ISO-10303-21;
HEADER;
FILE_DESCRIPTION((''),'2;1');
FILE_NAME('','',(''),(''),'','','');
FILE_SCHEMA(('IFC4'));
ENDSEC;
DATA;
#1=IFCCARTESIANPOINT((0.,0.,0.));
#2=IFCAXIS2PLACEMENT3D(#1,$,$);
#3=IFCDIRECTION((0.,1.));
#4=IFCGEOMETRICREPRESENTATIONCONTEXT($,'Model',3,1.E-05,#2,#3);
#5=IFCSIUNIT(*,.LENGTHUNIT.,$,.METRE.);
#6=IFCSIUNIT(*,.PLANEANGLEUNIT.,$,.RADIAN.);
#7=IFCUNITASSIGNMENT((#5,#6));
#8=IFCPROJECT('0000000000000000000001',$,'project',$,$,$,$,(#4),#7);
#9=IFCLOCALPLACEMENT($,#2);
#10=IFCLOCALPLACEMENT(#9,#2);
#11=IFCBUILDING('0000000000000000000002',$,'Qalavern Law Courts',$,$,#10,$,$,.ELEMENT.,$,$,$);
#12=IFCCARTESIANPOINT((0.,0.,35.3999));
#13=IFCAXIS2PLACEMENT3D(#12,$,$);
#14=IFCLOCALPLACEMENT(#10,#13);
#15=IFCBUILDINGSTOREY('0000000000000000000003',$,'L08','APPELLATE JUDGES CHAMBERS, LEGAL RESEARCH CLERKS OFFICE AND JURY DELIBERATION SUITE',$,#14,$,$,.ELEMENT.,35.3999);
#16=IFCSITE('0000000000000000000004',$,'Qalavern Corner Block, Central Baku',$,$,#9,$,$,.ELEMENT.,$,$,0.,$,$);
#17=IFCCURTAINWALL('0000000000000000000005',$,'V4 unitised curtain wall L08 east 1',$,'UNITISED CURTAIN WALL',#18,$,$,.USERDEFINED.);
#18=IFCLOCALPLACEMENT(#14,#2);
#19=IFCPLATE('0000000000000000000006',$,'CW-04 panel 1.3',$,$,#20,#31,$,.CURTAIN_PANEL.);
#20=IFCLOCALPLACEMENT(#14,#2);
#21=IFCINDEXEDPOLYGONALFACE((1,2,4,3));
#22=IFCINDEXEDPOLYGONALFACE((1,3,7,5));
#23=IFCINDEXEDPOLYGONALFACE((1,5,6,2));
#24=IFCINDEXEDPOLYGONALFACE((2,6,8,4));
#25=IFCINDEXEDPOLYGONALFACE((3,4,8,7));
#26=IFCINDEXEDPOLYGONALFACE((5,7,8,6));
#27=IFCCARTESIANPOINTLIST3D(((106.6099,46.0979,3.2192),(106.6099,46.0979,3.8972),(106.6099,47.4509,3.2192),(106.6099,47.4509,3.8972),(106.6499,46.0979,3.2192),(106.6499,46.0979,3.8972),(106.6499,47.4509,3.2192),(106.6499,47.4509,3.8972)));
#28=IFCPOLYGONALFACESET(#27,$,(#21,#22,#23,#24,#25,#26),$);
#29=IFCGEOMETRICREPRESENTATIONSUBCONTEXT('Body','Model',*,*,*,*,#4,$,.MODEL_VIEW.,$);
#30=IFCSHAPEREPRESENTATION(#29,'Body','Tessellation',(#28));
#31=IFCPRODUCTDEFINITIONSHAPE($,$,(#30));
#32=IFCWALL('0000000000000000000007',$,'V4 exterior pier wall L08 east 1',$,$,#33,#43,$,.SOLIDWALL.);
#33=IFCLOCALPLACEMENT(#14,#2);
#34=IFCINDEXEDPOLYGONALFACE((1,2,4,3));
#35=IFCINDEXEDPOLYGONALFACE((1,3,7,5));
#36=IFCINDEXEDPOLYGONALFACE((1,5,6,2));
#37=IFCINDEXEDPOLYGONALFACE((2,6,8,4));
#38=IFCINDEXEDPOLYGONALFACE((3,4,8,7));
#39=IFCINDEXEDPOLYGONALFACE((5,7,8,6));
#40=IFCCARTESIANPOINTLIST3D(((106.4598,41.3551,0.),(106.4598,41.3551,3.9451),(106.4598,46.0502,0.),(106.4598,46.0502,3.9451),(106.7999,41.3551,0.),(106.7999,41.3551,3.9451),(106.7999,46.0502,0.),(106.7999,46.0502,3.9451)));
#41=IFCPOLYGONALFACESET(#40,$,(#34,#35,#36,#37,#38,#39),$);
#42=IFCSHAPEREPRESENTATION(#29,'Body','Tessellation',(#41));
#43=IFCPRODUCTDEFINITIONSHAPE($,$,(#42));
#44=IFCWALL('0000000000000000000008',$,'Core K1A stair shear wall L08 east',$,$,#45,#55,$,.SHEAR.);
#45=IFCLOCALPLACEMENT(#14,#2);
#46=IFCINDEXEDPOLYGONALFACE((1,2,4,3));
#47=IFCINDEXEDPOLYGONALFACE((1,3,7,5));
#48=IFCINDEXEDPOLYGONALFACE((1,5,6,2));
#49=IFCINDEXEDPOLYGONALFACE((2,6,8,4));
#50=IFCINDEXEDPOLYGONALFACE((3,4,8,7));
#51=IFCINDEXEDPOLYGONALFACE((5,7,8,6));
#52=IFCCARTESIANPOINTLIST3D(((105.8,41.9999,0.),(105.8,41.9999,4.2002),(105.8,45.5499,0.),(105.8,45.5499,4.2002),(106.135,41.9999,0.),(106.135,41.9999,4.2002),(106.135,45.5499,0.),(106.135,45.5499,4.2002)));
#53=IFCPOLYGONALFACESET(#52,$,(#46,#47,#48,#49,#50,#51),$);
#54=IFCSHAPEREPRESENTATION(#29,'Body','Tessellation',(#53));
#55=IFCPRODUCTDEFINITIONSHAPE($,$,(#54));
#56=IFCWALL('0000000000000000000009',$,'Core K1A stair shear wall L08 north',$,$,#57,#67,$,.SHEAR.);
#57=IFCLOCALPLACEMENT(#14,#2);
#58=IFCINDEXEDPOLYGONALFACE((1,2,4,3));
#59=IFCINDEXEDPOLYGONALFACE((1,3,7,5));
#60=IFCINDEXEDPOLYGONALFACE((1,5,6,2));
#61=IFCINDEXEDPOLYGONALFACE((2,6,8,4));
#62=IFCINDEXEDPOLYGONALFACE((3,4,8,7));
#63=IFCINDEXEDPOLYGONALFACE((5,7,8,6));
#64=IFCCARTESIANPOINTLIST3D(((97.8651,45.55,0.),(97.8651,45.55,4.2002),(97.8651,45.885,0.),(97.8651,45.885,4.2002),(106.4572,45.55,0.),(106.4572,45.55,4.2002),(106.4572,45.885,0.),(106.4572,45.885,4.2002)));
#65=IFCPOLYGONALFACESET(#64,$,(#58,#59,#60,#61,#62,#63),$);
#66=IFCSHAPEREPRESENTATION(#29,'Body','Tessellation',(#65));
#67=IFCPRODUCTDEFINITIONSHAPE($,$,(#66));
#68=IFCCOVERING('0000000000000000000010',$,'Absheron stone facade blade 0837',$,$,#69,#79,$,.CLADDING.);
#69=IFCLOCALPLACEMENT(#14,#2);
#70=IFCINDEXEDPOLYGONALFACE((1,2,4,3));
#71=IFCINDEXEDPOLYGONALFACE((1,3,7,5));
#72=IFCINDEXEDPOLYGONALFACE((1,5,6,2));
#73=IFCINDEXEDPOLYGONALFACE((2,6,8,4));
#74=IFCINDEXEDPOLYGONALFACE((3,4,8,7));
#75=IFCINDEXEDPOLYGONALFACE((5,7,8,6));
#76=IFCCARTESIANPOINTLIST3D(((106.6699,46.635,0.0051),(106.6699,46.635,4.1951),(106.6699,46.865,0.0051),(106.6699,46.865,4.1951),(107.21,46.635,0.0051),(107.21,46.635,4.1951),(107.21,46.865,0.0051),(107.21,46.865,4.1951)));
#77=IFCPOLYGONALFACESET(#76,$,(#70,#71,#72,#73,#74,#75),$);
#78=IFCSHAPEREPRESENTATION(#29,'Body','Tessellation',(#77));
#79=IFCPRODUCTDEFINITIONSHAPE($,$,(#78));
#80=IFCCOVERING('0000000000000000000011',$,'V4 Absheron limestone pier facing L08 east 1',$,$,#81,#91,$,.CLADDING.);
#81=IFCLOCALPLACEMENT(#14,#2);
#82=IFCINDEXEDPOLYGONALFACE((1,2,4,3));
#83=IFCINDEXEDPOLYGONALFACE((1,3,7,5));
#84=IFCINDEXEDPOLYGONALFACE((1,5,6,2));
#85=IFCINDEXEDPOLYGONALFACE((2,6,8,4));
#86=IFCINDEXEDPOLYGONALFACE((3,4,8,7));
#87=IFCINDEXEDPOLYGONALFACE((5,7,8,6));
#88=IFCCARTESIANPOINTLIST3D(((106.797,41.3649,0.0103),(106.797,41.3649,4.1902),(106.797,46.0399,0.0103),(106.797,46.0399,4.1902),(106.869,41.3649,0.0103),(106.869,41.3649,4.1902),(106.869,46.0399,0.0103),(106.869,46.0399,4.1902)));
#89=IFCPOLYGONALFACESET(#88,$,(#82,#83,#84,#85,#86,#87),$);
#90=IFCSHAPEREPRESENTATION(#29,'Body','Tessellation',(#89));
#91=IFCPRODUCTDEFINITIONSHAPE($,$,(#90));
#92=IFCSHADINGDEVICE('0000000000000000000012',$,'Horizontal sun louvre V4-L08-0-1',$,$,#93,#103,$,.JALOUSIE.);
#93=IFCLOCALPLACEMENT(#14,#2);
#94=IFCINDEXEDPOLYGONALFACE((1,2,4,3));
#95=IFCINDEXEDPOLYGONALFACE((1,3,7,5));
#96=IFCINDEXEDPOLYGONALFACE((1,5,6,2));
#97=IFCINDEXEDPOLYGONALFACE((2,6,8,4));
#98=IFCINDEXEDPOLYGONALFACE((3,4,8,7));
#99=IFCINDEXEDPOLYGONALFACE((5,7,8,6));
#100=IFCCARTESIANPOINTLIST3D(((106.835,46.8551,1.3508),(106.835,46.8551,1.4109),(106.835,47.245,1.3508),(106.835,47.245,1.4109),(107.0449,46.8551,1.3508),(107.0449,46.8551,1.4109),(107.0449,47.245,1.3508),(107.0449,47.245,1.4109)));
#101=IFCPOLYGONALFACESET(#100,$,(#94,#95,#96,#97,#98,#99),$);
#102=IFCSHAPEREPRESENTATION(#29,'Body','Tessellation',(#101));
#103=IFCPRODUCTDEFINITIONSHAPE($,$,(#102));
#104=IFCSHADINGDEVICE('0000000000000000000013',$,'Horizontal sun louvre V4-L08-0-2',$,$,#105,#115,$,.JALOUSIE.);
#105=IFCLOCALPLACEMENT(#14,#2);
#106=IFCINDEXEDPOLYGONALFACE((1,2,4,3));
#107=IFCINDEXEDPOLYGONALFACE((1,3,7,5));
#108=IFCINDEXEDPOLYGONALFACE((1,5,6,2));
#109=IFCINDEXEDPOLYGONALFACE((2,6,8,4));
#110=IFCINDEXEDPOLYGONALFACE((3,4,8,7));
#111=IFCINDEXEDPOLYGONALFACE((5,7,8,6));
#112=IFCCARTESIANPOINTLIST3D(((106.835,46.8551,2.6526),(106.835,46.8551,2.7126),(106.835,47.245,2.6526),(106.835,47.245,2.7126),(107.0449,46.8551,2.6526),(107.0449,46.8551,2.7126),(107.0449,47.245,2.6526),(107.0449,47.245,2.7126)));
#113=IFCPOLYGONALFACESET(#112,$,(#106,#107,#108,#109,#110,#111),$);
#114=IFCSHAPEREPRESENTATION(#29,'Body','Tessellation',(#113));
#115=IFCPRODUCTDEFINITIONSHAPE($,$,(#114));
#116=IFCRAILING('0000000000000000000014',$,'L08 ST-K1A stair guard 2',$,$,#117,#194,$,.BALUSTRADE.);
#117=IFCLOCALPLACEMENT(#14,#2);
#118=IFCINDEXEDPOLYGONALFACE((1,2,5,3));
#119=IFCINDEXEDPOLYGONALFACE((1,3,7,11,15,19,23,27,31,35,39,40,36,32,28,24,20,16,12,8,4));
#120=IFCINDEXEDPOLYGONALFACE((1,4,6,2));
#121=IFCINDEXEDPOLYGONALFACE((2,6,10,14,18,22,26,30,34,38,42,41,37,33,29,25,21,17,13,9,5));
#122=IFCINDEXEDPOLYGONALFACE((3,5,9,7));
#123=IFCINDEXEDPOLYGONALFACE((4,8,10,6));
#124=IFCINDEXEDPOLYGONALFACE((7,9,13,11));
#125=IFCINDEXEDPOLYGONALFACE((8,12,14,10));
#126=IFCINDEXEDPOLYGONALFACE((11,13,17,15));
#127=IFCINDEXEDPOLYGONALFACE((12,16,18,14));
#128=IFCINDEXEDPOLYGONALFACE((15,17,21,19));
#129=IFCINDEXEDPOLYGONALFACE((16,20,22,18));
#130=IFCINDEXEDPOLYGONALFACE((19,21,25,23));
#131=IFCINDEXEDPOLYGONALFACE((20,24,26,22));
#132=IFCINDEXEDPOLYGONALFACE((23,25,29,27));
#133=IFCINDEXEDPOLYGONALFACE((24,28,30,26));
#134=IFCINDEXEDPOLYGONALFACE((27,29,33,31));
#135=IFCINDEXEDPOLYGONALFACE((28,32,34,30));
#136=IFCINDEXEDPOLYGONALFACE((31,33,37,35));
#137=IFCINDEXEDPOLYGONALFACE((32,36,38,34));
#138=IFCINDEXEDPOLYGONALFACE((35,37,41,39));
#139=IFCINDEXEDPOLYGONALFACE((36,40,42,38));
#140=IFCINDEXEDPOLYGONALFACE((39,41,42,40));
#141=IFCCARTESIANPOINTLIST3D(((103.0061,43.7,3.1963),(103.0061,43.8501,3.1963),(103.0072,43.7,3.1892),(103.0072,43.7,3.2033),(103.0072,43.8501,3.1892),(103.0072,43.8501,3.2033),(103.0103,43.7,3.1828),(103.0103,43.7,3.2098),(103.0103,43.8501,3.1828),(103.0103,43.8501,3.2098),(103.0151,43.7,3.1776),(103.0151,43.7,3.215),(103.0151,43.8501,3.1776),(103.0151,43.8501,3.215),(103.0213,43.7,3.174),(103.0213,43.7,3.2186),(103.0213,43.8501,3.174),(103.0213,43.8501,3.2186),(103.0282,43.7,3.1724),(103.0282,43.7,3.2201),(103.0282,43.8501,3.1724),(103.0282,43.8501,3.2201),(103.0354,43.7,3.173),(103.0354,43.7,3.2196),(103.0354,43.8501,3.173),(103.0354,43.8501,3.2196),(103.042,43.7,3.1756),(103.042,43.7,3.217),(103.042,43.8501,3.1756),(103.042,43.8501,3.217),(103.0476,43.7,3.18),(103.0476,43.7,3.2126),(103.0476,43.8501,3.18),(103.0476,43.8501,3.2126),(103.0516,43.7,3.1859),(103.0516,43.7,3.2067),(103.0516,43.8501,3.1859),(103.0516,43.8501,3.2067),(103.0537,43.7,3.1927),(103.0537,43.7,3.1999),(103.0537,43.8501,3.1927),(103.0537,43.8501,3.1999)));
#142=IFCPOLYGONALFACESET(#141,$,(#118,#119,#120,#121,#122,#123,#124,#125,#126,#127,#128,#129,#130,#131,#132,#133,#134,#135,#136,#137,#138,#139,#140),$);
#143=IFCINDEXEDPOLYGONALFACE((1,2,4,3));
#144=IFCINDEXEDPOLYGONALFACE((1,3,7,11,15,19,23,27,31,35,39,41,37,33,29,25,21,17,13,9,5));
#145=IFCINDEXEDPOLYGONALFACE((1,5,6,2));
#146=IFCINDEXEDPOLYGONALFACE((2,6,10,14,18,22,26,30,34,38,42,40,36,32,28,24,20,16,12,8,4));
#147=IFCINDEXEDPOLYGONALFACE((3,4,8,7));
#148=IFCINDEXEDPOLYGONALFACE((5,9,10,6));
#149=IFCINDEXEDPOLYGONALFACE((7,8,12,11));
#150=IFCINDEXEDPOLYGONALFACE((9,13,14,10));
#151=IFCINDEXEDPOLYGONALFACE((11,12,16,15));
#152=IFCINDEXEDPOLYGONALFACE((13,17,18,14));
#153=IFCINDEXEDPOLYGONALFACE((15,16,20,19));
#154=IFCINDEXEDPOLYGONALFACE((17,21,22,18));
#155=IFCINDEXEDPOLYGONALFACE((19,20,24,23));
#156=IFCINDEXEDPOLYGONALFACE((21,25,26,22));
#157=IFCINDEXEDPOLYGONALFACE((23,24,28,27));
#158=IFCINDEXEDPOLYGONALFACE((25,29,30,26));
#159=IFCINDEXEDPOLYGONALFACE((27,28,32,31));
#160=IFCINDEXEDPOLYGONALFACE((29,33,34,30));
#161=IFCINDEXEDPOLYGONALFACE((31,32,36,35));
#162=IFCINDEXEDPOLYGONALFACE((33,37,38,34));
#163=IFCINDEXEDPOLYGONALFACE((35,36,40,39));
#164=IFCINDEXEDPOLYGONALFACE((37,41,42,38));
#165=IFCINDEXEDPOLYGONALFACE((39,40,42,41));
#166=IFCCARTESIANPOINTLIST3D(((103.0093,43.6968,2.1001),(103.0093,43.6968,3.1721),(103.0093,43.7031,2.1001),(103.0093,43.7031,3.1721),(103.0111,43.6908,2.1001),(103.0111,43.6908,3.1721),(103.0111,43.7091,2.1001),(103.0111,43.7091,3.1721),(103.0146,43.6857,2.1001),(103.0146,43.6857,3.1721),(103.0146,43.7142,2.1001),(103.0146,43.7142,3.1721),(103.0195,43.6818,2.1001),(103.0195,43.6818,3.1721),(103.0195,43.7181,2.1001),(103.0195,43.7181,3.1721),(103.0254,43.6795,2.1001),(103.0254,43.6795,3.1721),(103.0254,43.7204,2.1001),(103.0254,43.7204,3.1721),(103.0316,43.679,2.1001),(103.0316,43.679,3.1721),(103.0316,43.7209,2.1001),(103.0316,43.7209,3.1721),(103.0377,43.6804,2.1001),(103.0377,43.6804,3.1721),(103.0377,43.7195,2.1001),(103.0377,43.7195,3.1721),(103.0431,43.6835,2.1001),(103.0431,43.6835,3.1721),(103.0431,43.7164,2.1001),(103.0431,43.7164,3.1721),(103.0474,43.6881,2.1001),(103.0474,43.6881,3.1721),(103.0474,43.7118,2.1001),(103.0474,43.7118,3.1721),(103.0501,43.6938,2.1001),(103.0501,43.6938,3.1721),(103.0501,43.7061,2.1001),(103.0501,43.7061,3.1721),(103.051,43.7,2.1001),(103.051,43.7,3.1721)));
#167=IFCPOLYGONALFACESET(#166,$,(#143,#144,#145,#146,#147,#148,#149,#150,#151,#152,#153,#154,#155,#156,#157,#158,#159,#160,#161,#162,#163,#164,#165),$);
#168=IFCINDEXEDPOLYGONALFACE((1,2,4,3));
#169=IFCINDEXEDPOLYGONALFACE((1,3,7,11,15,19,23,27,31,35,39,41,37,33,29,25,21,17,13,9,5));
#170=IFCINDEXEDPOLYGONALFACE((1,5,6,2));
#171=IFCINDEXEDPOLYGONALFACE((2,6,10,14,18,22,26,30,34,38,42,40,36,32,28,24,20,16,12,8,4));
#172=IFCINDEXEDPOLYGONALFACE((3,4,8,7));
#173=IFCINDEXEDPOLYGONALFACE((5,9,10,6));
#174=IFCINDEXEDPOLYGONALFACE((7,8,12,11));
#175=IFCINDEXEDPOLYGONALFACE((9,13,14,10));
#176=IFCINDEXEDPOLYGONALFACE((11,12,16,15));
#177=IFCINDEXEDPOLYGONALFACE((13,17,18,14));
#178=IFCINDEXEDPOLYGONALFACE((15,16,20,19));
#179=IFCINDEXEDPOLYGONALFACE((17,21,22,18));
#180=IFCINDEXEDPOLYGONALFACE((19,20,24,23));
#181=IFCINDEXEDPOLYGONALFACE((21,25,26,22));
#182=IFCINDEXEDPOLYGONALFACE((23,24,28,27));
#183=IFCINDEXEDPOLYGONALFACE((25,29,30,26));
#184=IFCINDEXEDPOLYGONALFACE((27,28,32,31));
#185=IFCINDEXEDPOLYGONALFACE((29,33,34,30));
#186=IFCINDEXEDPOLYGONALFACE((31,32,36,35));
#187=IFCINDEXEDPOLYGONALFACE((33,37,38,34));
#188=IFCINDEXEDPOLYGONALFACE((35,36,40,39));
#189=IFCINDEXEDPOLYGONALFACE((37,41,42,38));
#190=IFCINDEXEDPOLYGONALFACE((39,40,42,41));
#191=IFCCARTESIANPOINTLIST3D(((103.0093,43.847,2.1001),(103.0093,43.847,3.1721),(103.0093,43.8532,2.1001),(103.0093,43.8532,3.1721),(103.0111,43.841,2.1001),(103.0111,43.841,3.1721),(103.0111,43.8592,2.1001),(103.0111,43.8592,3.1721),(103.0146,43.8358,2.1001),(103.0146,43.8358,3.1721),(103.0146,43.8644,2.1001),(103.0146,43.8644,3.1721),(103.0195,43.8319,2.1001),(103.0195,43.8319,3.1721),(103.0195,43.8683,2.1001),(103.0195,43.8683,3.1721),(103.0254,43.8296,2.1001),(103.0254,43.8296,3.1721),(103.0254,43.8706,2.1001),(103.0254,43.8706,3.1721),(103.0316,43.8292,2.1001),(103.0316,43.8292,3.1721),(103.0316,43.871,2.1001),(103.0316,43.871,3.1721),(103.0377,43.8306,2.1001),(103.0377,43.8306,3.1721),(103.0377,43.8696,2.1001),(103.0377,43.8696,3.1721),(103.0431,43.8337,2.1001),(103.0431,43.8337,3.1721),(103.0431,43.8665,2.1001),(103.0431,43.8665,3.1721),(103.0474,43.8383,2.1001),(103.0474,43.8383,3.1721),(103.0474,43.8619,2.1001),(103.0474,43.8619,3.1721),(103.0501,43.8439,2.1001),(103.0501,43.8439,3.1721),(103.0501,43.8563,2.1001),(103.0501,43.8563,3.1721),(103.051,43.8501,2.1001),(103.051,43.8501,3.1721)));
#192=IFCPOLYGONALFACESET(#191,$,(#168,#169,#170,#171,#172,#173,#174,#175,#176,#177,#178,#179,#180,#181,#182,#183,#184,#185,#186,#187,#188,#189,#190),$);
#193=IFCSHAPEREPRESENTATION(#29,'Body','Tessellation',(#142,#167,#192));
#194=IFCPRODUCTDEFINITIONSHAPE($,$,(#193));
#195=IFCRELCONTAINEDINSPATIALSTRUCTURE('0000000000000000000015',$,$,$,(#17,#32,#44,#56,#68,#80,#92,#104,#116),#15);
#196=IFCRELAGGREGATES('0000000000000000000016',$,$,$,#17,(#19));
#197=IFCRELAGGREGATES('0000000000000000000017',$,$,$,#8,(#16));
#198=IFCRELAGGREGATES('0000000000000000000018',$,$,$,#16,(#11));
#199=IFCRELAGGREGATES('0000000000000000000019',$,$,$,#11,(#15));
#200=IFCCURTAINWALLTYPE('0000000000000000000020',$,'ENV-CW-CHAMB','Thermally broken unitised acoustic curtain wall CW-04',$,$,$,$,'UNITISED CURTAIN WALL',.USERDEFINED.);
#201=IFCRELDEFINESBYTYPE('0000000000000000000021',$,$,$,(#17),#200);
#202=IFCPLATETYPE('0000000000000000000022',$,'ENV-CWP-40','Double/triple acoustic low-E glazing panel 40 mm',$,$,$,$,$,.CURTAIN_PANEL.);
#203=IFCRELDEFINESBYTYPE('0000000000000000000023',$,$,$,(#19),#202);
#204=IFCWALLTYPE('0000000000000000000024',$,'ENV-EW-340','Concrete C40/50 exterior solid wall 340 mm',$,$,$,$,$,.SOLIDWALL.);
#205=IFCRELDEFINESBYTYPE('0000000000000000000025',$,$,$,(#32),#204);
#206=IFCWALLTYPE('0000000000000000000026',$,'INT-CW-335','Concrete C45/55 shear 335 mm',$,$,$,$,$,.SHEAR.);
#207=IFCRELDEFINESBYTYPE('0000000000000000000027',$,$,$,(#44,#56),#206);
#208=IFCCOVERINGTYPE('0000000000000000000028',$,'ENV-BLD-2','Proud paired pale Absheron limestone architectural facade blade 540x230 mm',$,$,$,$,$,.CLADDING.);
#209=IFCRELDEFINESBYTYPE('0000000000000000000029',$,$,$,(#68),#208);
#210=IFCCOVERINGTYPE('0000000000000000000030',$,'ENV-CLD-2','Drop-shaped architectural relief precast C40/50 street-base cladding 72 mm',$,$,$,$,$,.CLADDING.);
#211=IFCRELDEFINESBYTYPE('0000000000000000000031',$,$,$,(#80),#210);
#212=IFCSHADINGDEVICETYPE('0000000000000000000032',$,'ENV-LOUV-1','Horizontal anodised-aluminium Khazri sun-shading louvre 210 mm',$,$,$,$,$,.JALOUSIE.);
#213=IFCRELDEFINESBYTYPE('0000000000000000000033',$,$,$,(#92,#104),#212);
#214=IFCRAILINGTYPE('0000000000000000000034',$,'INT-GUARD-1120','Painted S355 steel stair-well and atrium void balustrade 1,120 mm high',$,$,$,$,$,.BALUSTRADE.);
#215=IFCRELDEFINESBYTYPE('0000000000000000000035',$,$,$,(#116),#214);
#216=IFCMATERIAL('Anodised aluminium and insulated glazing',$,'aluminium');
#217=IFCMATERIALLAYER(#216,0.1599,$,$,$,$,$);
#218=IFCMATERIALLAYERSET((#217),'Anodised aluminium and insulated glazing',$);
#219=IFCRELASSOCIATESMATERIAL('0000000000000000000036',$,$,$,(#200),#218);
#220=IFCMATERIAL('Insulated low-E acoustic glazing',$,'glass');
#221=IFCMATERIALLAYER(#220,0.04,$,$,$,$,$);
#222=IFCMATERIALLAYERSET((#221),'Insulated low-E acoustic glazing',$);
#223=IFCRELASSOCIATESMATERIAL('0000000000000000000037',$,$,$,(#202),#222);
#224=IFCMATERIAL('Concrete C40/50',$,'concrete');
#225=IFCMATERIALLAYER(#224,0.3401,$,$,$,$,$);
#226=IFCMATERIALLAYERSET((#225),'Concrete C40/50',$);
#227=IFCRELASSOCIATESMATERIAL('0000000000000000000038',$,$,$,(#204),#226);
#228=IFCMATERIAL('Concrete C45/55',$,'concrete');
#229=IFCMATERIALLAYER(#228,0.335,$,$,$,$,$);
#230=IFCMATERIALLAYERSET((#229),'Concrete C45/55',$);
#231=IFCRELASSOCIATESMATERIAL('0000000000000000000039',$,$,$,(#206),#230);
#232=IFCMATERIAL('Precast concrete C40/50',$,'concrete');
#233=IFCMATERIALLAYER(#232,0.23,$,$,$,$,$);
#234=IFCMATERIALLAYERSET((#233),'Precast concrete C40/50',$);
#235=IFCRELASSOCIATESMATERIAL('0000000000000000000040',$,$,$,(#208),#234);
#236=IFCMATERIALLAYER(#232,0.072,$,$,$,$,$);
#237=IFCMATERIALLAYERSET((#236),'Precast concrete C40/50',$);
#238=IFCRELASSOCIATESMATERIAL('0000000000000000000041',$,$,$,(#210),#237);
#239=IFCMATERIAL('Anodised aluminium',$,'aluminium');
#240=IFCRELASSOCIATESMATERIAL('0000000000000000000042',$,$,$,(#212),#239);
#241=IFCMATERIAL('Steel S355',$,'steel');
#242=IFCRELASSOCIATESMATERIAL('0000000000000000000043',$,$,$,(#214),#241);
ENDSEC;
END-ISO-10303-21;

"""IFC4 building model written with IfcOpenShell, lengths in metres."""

from ifc_helpers import new_model, si_unit, direction, frame, frame_2d, origin, origin_2d, place, context, subcontext, project, spatial, rectangle, circle, extrude, material, layer, layer_set, type_object, element, aggregate, save


model = new_model("IFC4")

# Units and contexts
model_context = context("Model", 3, precision=1e-05, world=origin(), true_north=direction((0.0, 1.0)))
body_context = subcontext(model_context, "Body", "Model", "MODEL_VIEW")
ifc_project = project(units=[si_unit("LENGTHUNIT", "METRE"), si_unit("PLANEANGLEUNIT", "RADIAN")], contexts=[model_context])

# Site, building, storey
site_placement = place(None, origin())
site = spatial("IfcSite", under=ifc_project, at=site_placement, Name="Qalavern Corner Block, Central Baku", CompositionType="ELEMENT", RefElevation=0.0)
building_placement = place(site_placement, origin())
building = spatial("IfcBuilding", under=site, at=building_placement, Name="Qalavern Law Courts", CompositionType="ELEMENT")
storey_placement = place(building_placement, frame((0.0, 0.0, 35.3999)))
storey = spatial("IfcBuildingStorey", under=building, at=storey_placement, Name="L08", Description="APPELLATE JUDGES CHAMBERS, LEGAL RESEARCH CLERKS OFFICE AND JURY DELIBERATION SUITE", CompositionType="ELEMENT", Elevation=35.3999)

# Shared definitions
ifc_material_1 = material(Name="Concrete C45/55", Category="concrete")

# Curtain wall
ifc_material_2 = material(Name="Anodised aluminium and insulated glazing", Category="aluminium")
ifc_layer_1 = layer(ifc_material_2, 0.1599)
ifc_layer_set_1 = layer_set([ifc_layer_1], Name="Anodised aluminium and insulated glazing")
curtain_wall_type = type_object("IfcCurtainWallType", Name="ENV-CW-CHAMB", Description="Thermally broken unitised acoustic curtain wall CW-04", ElementType="UNITISED CURTAIN WALL", PredefinedType="USERDEFINED", material=ifc_layer_set_1)
curtain_wall_placement = place(storey_placement, origin())
curtain_wall = element("IfcCurtainWall", 1, at=curtain_wall_placement, inside=storey, type_object=curtain_wall_type, Name="V4 unitised curtain wall L08 east 1", ObjectType="UNITISED CURTAIN WALL", PredefinedType="USERDEFINED")
ifc_material_3 = material(Name="Anodised aluminium", Category="aluminium")

# Shared definitions
ifc_material_4 = material(Name="Steel S355", Category="steel")

# Plate
ifc_material_5 = material(Name="Insulated low-E acoustic glazing", Category="glass")
ifc_layer_2 = layer(ifc_material_5, 0.04)
ifc_layer_set_2 = layer_set([ifc_layer_2], Name="Insulated low-E acoustic glazing")
plate_type = type_object("IfcPlateType", Name="ENV-CWP-40", Description="Double/triple acoustic low-E glazing panel 40 mm", PredefinedType="CURTAIN_PANEL", material=ifc_layer_set_2)
plate_1_placement = place(storey_placement, frame((106.6299, 46.7744, 3.2192), z_axis=(0.0, 0.0, 1.0), x_axis=(0.0, 1.0, 0.0)))
plate_1 = element("IfcPlate", 2, at=plate_1_placement, type_object=plate_type, Name="CW-04 panel 1.3", PredefinedType="CURTAIN_PANEL", context=body_context, shape_type="SweptSolid", body=[
    extrude(rectangle(XDim=1.353, YDim=0.04, at=origin_2d()), origin(), (0.0, 0.0, 1.0), 0.678),
])
aggregate(curtain_wall, [plate_1])

# Walls
ifc_material_6 = material(Name="Concrete C40/50", Category="concrete")
ifc_layer_3 = layer(ifc_material_6, 0.3401)
ifc_layer_set_3 = layer_set([ifc_layer_3], Name="Concrete C40/50")
wall_type_1 = type_object("IfcWallType", Name="ENV-EW-340", Description="Concrete C40/50 exterior solid wall 340 mm", PredefinedType="SOLIDWALL", material=ifc_layer_set_3)
wall_1_placement = place(storey_placement, frame((106.6299, 41.355, 0.0), z_axis=(0.0, 0.0, 1.0), x_axis=(0.0, 1.0, 0.0)))
element("IfcWall", 3, at=wall_1_placement, inside=storey, type_object=wall_type_1, Name="V4 exterior pier wall L08 east 1", PredefinedType="SOLIDWALL", context=body_context, shape_type="SweptSolid", body=[
    extrude(rectangle(XDim=4.6951, YDim=0.3401, at=frame_2d((2.3477, 0.0))), origin(), (0.0, 0.0, 1.0), 3.9451),
])
ifc_layer_4 = layer(ifc_material_1, 0.335)
ifc_layer_set_4 = layer_set([ifc_layer_4], Name="Concrete C45/55")
wall_type_2 = type_object("IfcWallType", Name="INT-CW-335", Description="Concrete C45/55 shear 335 mm", PredefinedType="SHEAR", material=ifc_layer_set_4)
wall_2_placement = place(storey_placement, frame((105.9675, 42.0, 0.0), z_axis=(0.0, 0.0, 1.0), x_axis=(0.0, 1.0, 0.0)))
element("IfcWall", 4, at=wall_2_placement, inside=storey, type_object=wall_type_2, Name="Core K1A stair shear wall L08 east", PredefinedType="SHEAR", context=body_context, shape_type="SweptSolid", body=[
    extrude(rectangle(XDim=3.55, YDim=0.335, at=frame_2d((1.7749, 0.0))), origin(), (0.0, 0.0, 1.0), 4.2002),
])
wall_3_placement = place(storey_placement, frame((106.457, 45.7175, 0.0), z_axis=(0.0, 0.0, 1.0), x_axis=(-1.0, 0.0, 0.0)))
element("IfcWall", 5, at=wall_3_placement, inside=storey, type_object=wall_type_2, Name="Core K1A stair shear wall L08 north", PredefinedType="SHEAR", context=body_context, shape_type="SweptSolid", body=[
    extrude(rectangle(XDim=8.592, YDim=0.335, at=frame_2d((4.2959, 0.0))), origin(), (0.0, 0.0, 1.0), 4.2002),
])

# Coverings
ifc_material_7 = material(Name="Precast concrete C40/50", Category="concrete")
ifc_layer_5 = layer(ifc_material_7, 0.23)
ifc_layer_set_5 = layer_set([ifc_layer_5], Name="Precast concrete C40/50")
covering_type_1 = type_object("IfcCoveringType", Name="ENV-BLD-2", Description="Proud paired pale Absheron limestone architectural facade blade 540x230 mm", PredefinedType="CLADDING", material=ifc_layer_set_5)
covering_1_placement = place(storey_placement, frame((106.9399, 46.75, 0.0051), z_axis=(0.0, 0.0, 1.0), x_axis=(1.0, 0.0, 0.0)))
element("IfcCovering", 6, at=covering_1_placement, inside=storey, type_object=covering_type_1, Name="Absheron stone facade blade 0837", PredefinedType="CLADDING", context=body_context, shape_type="SweptSolid", body=[
    extrude(rectangle(XDim=0.54, YDim=0.23, at=origin_2d()), origin(), (0.0, 0.0, 1.0), 4.1899),
])
ifc_layer_6 = layer(ifc_material_7, 0.072)
ifc_layer_set_6 = layer_set([ifc_layer_6], Name="Precast concrete C40/50")
covering_type_2 = type_object("IfcCoveringType", Name="ENV-CLD-2", Description="Drop-shaped architectural relief precast C40/50 street-base cladding 72 mm", PredefinedType="CLADDING", material=ifc_layer_set_6)
covering_2_placement = place(storey_placement, frame((106.833, 43.7024, 0.0103), z_axis=(0.0, 0.0, 1.0), x_axis=(0.0, 1.0, 0.0)))
element("IfcCovering", 7, at=covering_2_placement, inside=storey, type_object=covering_type_2, Name="V4 Absheron limestone pier facing L08 east 1", PredefinedType="CLADDING", context=body_context, shape_type="SweptSolid", body=[
    extrude(rectangle(XDim=4.675, YDim=0.072, at=origin_2d()), origin(), (0.0, 0.0, 1.0), 4.1799),
])

# Shading devices
shading_device_type = type_object("IfcShadingDeviceType", Name="ENV-LOUV-1", Description="Horizontal anodised-aluminium Khazri sun-shading louvre 210 mm", PredefinedType="JALOUSIE", material=ifc_material_3)
for number, where, z_axis, x_axis, name in (
    (8, (106.9399, 47.05, 1.3508), (0.0, 0.0, 1.0), (0.0, 1.0, 0.0), "Horizontal sun louvre V4-L08-0-1"),
    (9, (106.9399, 47.05, 2.6526), (0.0, 0.0, 1.0), (0.0, 1.0, 0.0), "Horizontal sun louvre V4-L08-0-2"),
):
    element("IfcShadingDevice", number, at=place(storey_placement, frame(where, z_axis=z_axis, x_axis=x_axis)), inside=storey, type_object=shading_device_type, Name=name, PredefinedType="JALOUSIE", context=body_context, shape_type="SweptSolid", body=[
        extrude(rectangle(XDim=0.3899, YDim=0.21, at=origin_2d()), origin(), (0.0, 0.0, 1.0), 0.0601),
    ])

# Railing
railing_type = type_object("IfcRailingType", Name="INT-GUARD-1120", Description="Painted S355 steel stair-well and atrium void balustrade 1,120 mm high", PredefinedType="BALUSTRADE", material=ifc_material_4)
railing_placement = place(storey_placement, frame((103.03, 43.7, 2.1001)))
element("IfcRailing", 10, at=railing_placement, inside=storey, type_object=railing_type, Name="L08 ST-K1A stair guard 2", PredefinedType="BALUSTRADE", context=body_context, shape_type="SweptSolid", body=[
    extrude(circle(Radius=0.0239, at=origin_2d()), frame((0.0, 0.0, 1.0962), z_axis=(0.0, 1.0, 0.0), x_axis=(-1.0, 0.0, 0.0)), (0.0, 0.0, 1.0), 0.1501),
    extrude(circle(Radius=0.021, at=origin_2d()), origin(), (0.0, 0.0, 1.0), 1.072),
    extrude(circle(Radius=0.021, at=origin_2d()), frame((0.0, 0.1501, 0.0)), (0.0, 0.0, 1.0), 1.072),
])

save(model, "model.ifc")
